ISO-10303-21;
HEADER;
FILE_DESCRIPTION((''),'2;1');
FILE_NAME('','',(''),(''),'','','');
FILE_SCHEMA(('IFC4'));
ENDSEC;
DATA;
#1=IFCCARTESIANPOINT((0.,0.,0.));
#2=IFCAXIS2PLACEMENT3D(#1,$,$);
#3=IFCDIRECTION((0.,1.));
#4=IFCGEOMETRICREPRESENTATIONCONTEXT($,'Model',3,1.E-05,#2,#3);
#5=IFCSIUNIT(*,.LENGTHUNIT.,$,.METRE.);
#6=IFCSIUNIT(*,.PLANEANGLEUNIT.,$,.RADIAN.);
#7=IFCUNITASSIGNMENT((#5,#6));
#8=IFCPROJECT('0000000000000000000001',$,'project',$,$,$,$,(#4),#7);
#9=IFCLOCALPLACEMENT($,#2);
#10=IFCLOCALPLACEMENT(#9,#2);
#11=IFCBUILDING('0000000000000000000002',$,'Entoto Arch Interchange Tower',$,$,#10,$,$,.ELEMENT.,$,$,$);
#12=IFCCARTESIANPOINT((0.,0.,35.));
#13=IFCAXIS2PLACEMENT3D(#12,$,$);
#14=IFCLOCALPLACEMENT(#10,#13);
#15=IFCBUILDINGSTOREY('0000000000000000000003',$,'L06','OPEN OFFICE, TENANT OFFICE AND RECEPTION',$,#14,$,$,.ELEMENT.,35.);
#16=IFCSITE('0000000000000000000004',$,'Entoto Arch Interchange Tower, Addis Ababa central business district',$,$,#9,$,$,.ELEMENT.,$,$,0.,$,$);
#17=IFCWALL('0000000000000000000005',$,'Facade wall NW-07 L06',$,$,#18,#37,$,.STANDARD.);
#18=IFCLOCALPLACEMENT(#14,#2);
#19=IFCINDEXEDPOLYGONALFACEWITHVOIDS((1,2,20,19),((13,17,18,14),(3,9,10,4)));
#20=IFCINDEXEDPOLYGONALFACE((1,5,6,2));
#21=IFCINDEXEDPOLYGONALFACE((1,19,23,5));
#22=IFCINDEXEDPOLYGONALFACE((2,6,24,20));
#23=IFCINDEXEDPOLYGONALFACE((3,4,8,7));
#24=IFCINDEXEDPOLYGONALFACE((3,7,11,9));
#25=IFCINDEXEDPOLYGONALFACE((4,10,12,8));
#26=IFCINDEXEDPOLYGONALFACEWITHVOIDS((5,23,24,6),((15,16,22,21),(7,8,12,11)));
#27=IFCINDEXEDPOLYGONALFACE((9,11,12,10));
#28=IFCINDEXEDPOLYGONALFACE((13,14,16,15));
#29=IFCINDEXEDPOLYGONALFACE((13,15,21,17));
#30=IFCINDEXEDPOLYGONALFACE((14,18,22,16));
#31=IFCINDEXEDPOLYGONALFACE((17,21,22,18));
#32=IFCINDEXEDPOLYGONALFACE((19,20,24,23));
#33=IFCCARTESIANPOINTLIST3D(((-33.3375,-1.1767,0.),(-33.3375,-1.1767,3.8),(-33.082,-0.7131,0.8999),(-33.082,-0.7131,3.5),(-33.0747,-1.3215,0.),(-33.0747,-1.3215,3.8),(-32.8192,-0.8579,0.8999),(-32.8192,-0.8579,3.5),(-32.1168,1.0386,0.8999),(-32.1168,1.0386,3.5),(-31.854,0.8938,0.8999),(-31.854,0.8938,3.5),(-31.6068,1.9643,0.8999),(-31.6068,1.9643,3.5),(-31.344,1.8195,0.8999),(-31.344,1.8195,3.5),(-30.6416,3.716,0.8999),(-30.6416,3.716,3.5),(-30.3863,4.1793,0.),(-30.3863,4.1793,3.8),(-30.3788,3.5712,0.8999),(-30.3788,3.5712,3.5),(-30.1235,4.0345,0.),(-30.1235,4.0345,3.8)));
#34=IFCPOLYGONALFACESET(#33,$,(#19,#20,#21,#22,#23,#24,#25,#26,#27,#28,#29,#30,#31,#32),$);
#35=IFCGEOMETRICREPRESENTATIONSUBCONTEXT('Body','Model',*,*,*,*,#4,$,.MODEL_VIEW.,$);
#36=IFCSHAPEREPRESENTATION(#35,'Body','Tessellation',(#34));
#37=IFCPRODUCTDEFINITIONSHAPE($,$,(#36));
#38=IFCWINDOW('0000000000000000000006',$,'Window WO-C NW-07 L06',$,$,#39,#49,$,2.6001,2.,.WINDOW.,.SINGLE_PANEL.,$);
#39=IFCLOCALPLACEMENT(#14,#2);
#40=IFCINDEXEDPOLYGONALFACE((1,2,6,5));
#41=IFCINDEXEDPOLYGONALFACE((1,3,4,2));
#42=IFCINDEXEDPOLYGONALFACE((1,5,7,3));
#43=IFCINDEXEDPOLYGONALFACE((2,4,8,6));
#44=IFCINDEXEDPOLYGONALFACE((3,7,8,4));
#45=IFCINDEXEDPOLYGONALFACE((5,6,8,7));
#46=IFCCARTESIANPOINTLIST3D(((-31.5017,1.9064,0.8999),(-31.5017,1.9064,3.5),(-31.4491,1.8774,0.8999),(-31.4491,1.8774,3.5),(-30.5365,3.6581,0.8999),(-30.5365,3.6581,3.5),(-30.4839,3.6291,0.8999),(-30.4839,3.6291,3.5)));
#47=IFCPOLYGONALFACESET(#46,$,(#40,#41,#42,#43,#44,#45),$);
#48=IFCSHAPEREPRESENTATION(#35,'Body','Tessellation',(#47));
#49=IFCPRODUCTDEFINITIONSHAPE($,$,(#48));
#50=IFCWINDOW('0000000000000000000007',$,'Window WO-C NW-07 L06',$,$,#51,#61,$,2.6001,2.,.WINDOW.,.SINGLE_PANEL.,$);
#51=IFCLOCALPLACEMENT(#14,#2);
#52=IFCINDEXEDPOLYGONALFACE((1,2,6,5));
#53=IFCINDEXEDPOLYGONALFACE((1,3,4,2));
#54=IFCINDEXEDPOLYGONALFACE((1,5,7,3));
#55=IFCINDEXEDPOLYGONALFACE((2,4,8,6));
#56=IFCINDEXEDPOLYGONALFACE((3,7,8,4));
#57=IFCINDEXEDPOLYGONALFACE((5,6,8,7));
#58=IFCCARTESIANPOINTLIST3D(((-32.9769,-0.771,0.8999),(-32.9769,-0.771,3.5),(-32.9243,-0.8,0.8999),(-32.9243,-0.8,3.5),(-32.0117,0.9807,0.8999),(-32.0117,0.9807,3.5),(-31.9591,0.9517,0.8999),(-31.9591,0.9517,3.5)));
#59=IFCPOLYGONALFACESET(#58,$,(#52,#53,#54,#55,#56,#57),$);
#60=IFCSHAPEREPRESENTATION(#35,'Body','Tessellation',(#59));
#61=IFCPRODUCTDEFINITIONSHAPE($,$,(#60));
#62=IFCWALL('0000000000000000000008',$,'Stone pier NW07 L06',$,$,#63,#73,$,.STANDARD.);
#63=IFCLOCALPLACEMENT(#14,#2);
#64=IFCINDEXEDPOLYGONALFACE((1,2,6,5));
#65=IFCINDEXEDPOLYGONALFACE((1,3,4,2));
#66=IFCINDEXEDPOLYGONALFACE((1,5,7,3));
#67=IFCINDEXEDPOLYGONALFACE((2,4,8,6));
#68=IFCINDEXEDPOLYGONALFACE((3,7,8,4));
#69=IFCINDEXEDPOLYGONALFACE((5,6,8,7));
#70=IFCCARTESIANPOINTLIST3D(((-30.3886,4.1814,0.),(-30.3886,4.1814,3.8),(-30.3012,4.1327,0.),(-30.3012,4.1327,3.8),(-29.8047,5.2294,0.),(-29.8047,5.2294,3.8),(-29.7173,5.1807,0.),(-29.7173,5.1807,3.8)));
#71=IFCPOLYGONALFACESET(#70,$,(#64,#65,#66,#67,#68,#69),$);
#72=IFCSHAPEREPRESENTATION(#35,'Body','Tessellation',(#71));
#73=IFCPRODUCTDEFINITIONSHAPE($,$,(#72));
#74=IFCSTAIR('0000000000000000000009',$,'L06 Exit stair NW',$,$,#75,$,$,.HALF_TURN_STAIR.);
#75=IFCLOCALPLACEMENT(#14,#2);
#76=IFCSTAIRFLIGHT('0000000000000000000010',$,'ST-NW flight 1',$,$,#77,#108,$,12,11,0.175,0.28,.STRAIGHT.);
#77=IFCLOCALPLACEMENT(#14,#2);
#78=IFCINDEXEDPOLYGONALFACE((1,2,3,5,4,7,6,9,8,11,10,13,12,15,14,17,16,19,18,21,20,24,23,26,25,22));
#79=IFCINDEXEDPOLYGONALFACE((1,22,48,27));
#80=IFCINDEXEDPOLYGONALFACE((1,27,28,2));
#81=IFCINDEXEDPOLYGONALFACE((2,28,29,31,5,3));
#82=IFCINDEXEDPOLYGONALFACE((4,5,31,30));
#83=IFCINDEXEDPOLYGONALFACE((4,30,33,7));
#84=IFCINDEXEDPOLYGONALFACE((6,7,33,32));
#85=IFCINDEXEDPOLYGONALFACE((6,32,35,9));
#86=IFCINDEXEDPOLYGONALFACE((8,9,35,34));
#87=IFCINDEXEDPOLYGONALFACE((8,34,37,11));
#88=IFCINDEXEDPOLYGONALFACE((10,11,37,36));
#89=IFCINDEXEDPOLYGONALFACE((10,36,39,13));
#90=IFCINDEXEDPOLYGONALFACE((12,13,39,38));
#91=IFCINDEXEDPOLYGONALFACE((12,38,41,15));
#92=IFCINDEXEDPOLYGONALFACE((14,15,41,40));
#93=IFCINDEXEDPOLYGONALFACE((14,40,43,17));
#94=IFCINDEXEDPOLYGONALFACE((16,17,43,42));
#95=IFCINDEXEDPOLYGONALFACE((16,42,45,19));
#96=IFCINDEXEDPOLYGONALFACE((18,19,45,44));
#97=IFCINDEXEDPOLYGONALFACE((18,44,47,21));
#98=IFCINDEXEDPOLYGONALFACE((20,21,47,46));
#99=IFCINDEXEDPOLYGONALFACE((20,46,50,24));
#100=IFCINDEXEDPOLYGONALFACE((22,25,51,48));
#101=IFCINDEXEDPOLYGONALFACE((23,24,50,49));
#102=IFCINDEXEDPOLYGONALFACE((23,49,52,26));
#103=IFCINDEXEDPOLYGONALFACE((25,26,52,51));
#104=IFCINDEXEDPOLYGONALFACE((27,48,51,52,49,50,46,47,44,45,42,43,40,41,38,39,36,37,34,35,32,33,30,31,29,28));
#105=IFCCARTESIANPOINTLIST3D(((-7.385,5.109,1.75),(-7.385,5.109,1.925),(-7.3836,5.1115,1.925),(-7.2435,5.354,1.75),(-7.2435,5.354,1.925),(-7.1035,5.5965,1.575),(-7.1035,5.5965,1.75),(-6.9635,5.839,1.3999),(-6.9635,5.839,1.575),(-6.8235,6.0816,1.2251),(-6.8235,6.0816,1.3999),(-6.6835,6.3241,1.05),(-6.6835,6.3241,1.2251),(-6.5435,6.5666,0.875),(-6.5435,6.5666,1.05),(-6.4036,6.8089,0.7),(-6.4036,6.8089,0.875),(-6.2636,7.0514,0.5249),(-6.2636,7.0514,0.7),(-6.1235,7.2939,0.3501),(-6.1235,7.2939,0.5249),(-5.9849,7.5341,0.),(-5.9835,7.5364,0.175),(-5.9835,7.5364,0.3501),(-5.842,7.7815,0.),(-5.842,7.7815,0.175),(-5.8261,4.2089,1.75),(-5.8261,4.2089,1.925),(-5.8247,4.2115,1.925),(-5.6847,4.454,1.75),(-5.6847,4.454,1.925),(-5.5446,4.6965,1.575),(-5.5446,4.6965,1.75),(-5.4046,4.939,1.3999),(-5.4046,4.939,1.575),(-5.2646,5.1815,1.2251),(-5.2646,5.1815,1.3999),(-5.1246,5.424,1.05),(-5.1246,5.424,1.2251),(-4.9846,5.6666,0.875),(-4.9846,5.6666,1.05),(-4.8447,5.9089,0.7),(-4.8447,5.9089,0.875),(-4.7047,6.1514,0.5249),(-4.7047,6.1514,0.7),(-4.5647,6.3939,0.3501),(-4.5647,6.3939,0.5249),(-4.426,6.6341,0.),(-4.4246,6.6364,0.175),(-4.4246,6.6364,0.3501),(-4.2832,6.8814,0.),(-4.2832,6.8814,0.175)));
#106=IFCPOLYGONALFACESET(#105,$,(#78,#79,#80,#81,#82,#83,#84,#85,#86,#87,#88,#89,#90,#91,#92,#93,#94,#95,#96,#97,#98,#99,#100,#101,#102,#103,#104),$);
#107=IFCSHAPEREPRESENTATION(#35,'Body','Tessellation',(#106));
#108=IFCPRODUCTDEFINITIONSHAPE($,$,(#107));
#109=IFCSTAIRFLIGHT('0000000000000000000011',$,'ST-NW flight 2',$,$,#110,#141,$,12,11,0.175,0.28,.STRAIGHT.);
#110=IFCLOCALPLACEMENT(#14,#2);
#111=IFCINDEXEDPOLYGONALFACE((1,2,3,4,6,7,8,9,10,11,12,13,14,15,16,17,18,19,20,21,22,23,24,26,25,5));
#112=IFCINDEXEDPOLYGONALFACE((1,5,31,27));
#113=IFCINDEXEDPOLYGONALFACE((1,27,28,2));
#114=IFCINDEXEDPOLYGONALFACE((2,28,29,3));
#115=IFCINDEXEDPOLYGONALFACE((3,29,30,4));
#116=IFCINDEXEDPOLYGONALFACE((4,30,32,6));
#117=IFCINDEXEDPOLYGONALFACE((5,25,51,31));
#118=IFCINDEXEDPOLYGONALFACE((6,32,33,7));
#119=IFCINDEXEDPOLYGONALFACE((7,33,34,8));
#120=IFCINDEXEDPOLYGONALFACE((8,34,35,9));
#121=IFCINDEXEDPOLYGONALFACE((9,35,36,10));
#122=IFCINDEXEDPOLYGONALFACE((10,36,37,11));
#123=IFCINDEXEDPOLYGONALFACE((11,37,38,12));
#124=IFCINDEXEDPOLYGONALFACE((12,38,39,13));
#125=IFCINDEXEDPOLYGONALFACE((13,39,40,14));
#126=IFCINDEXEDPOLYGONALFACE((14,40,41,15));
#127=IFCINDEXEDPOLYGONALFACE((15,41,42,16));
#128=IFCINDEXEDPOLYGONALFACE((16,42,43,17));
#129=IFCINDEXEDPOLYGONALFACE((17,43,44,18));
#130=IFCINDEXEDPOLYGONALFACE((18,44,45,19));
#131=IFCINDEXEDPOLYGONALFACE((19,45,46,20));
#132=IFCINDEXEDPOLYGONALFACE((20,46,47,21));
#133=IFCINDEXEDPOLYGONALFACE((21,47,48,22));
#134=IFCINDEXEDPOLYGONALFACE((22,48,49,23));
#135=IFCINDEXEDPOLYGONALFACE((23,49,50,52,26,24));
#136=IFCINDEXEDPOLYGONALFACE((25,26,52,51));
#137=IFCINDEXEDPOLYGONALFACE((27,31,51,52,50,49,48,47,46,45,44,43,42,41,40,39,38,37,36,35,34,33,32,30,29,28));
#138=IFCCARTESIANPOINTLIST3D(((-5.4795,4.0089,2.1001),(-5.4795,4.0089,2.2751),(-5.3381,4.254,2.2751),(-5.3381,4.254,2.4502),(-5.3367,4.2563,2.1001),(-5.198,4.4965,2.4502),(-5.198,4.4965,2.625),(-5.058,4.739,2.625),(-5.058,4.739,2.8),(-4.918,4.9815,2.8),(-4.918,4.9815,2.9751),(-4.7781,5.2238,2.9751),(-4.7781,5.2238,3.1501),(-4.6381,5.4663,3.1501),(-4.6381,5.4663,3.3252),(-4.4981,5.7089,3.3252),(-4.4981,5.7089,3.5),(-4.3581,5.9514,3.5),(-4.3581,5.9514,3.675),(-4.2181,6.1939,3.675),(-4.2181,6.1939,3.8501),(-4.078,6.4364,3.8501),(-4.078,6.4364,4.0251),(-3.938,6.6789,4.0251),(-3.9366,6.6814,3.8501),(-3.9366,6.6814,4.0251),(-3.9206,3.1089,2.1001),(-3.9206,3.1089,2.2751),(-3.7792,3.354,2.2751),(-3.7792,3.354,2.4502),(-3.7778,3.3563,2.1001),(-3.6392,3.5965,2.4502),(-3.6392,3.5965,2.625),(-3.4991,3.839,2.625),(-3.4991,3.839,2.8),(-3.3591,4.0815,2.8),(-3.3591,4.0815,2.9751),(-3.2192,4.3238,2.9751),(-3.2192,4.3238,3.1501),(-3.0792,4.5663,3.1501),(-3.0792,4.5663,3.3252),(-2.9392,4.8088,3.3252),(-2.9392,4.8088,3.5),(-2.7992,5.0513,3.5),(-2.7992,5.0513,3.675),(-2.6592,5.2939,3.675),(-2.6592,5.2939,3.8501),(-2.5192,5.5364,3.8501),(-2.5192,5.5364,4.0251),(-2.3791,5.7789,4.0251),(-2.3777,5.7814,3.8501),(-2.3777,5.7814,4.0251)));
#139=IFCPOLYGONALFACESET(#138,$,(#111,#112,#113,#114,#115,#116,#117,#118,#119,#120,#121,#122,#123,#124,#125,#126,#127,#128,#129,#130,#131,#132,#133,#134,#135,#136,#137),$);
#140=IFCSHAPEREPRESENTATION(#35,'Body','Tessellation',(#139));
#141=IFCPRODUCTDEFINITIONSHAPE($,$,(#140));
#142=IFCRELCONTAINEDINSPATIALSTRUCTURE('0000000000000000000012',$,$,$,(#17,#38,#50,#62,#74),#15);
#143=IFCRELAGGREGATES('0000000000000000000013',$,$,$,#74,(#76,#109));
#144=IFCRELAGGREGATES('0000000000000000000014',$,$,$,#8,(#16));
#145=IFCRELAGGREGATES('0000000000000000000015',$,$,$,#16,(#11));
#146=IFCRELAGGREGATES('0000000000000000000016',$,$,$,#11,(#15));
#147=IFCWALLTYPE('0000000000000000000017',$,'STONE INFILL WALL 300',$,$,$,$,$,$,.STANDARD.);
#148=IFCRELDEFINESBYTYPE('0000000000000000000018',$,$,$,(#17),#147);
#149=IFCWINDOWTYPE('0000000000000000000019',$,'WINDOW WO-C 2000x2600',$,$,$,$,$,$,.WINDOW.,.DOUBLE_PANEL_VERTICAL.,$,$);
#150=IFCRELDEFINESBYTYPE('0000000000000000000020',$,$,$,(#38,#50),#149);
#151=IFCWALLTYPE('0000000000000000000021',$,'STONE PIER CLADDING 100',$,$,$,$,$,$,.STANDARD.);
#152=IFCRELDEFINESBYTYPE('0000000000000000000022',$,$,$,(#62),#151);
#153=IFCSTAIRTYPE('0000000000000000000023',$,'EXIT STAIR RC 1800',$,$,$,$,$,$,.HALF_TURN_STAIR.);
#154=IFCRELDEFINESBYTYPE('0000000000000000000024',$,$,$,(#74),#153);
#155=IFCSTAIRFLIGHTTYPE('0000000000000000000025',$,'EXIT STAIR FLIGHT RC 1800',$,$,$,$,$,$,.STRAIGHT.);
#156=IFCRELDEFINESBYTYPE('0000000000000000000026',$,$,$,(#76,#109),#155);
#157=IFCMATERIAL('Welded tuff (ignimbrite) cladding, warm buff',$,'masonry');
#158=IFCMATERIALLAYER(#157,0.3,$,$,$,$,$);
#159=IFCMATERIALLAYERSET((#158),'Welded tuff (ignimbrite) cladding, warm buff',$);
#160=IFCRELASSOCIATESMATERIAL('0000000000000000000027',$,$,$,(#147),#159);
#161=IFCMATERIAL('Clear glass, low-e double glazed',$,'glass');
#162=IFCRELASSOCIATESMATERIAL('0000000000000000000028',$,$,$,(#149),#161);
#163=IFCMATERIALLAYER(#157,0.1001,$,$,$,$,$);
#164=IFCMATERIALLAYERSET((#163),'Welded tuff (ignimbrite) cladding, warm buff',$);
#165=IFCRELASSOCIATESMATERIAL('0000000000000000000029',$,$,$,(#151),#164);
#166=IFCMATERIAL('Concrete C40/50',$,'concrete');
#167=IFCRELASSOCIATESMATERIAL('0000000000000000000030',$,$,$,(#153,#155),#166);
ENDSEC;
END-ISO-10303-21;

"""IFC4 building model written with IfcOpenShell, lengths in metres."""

from ifc_helpers import new_model, si_unit, direction, frame, frame_2d, origin, place, context, subcontext, project, spatial, polyline, rectangle, outline, extrude, material, layer, layer_set, type_object, element, fill, aggregate, save


model = new_model("IFC4")

# Units and contexts
model_context = context("Model", 3, precision=1e-05, world=origin(), true_north=direction((0.0, 1.0)))
body_context = subcontext(model_context, "Body", "Model", "MODEL_VIEW")
ifc_project = project(units=[si_unit("LENGTHUNIT", "METRE"), si_unit("PLANEANGLEUNIT", "RADIAN")], contexts=[model_context])

# Site, building, storey
site_placement = place(None, origin())
site = spatial("IfcSite", under=ifc_project, at=site_placement, Name="Entoto Arch Interchange Tower, Addis Ababa central business district", CompositionType="ELEMENT", RefElevation=0.0)
building_placement = place(site_placement, origin())
building = spatial("IfcBuilding", under=site, at=building_placement, Name="Entoto Arch Interchange Tower", CompositionType="ELEMENT")
storey_placement = place(building_placement, frame((0.0, 0.0, 35.0)))
storey = spatial("IfcBuildingStorey", under=building, at=storey_placement, Name="L06", Description="OPEN OFFICE, TENANT OFFICE AND RECEPTION", CompositionType="ELEMENT", Elevation=35.0)

# Shared definitions
ifc_material_1 = material(Name="Concrete C40/50", Category="concrete")

# Wall, openings, windows
ifc_material_2 = material(Name="Welded tuff (ignimbrite) cladding, warm buff", Category="masonry")
ifc_layer_1 = layer(ifc_material_2, 0.3)
ifc_layer_set_1 = layer_set([ifc_layer_1], Name="Welded tuff (ignimbrite) cladding, warm buff")
wall_type_1 = type_object("IfcWallType", Name="STONE INFILL WALL 300", PredefinedType="STANDARD", material=ifc_layer_set_1)
wall_1_placement = place(storey_placement, frame((-30.2549, 4.1069, 0.0), z_axis=(0.0, 0.0, 1.0), x_axis=(-0.482596, -0.875843, 0.0)))
wall_1 = element("IfcWall", 1, at=wall_1_placement, inside=storey, type_object=wall_type_1, Name="Facade wall NW-07 L06", PredefinedType="STANDARD", context=body_context, shape_type="SweptSolid", body=[
    extrude(rectangle(XDim=6.1152, YDim=0.3, at=frame_2d((3.0576, 0.0))), origin(), (0.0, 0.0, 1.0), 3.8),
])
opening_1_placement = place(wall_1_placement, frame((0.5291, 0.0, 0.8999)))
opening_1 = element("IfcOpeningElement", 2, at=opening_1_placement, cuts=wall_1, PredefinedType="OPENING", context=body_context, shape_type="SweptSolid", body=[
    extrude(rectangle(XDim=2.0, YDim=2.6001, at=frame_2d((1.0, 1.3))), frame((0.0, 0.1602, 0.0), z_axis=(0.0, -1.0, 0.0), x_axis=(1.0, 0.0, 0.0)), (0.0, 0.0, 1.0), 0.3201),
])
opening_2_placement = place(wall_1_placement, frame((3.5859, 0.0, 0.8999)))
opening_2 = element("IfcOpeningElement", 3, at=opening_2_placement, cuts=wall_1, PredefinedType="OPENING", context=body_context, shape_type="SweptSolid", body=[
    extrude(rectangle(XDim=2.0, YDim=2.6001, at=frame_2d((1.0, 1.3))), frame((0.0, 0.1602, 0.0), z_axis=(0.0, -1.0, 0.0), x_axis=(1.0, 0.0, 0.0)), (0.0, 0.0, 1.0), 0.3201),
])
ifc_material_3 = material(Name="Clear glass, low-e double glazed", Category="glass")
window_type = type_object("IfcWindowType", Name="WINDOW WO-C 2000x2600", PartitioningType="DOUBLE_PANEL_VERTICAL", PredefinedType="WINDOW", material=ifc_material_3)
window_1_placement = place(opening_1_placement, origin())
window_1 = element("IfcWindow", 4, at=window_1_placement, inside=storey, type_object=window_type, Name="Window WO-C NW-07 L06", OverallHeight=2.6001, OverallWidth=2.0, PartitioningType="SINGLE_PANEL", PredefinedType="WINDOW", context=body_context, shape_type="SweptSolid", body=[
    extrude(rectangle(XDim=2.0, YDim=2.6001, at=frame_2d((1.0, 1.3))), frame((0.0, 0.03, 0.0), z_axis=(0.0, -1.0, 0.0), x_axis=(1.0, 0.0, 0.0)), (0.0, 0.0, 1.0), 0.0601),
])
fill(opening_1, window_1)
window_2_placement = place(opening_2_placement, origin())
window_2 = element("IfcWindow", 5, at=window_2_placement, inside=storey, type_object=window_type, Name="Window WO-C NW-07 L06", OverallHeight=2.6001, OverallWidth=2.0, PartitioningType="SINGLE_PANEL", PredefinedType="WINDOW", context=body_context, shape_type="SweptSolid", body=[
    extrude(rectangle(XDim=2.0, YDim=2.6001, at=frame_2d((1.0, 1.3))), frame((0.0, 0.03, 0.0), z_axis=(0.0, -1.0, 0.0), x_axis=(1.0, 0.0, 0.0)), (0.0, 0.0, 1.0), 0.0601),
])
fill(opening_2, window_2)

# Wall
ifc_layer_2 = layer(ifc_material_2, 0.1001)
ifc_layer_set_2 = layer_set([ifc_layer_2], Name="Welded tuff (ignimbrite) cladding, warm buff")
wall_type_2 = type_object("IfcWallType", Name="STONE PIER CLADDING 100", PredefinedType="STANDARD", material=ifc_layer_set_2)
wall_2_placement = place(storey_placement, frame((-29.761, 5.2051, 0.0), z_axis=(0.0, 0.0, 1.0), x_axis=(-0.486731, -0.873552, 0.0)))
element("IfcWall", 6, at=wall_2_placement, inside=storey, type_object=wall_type_2, Name="Stone pier NW07 L06", PredefinedType="STANDARD", context=body_context, shape_type="SweptSolid", body=[
    extrude(rectangle(XDim=1.1997, YDim=0.1001, at=frame_2d((0.5999, 0.0))), origin(), (0.0, 0.0, 1.0), 3.8),
])

# Stair, stair flights
stair_type = type_object("IfcStairType", Name="EXIT STAIR RC 1800", PredefinedType="HALF_TURN_STAIR", material=ifc_material_1)
stair_placement = place(storey_placement, origin())
stair = element("IfcStair", 7, at=stair_placement, inside=storey, type_object=stair_type, Name="L06 Exit stair NW", PredefinedType="HALF_TURN_STAIR")
stair_flight_type = type_object("IfcStairFlightType", Name="EXIT STAIR FLIGHT RC 1800", PredefinedType="STRAIGHT", material=ifc_material_1)
stair_flight_1_placement = place(storey_placement, frame((-5.064, 7.3289, 0.0), z_axis=(0.0, 0.0, 1.0), x_axis=(-0.5, -0.866025, 0.0)))
stair_flight_1 = element("IfcStairFlight", 8, at=stair_flight_1_placement, type_object=stair_flight_type, Name="ST-NW flight 1", NumberOfRisers=12, NumberOfTreads=11, PredefinedType="STRAIGHT", RiserHeight=0.175, TreadLength=0.28, context=body_context, shape_type="SweptSolid", body=[
    extrude(outline(polyline([(-0.0029, 0.0), (-0.0029, 0.175), (0.28, 0.175), (0.28, 0.3501), (0.5601, 0.3501), (0.5601, 0.5249), (0.8401, 0.5249), (0.8401, 0.7), (1.1201, 0.7), (1.1201, 0.875), (1.3999, 0.875), (1.3999, 1.05), (1.6799, 1.05), (1.6799, 1.2251), (1.96, 1.2251), (1.96, 1.3999), (2.24, 1.3999), (2.24, 1.575), (2.52, 1.575), (2.52, 1.75), (2.8, 1.75), (2.8, 1.925), (3.0801, 1.925), (3.083, 1.925), (3.083, 1.75), (0.2827, 0.0), (-0.0029, 0.0)])), frame((0.0, 0.8999, 0.0), z_axis=(0.0, -1.0, 0.0), x_axis=(1.0, 0.0, 0.0)), (0.0, 0.0, 1.0), 1.8),
])
stair_flight_2_placement = place(storey_placement, frame((-4.6987, 3.5615, 2.1001), z_axis=(0.0, 0.0, 1.0), x_axis=(0.5, 0.866025, 0.0)))
stair_flight_2 = element("IfcStairFlight", 9, at=stair_flight_2_placement, type_object=stair_flight_type, Name="ST-NW flight 2", NumberOfRisers=12, NumberOfTreads=11, PredefinedType="STRAIGHT", RiserHeight=0.175, TreadLength=0.28, context=body_context, shape_type="SweptSolid", body=[
    extrude(outline(polyline([(-0.0029, 0.0), (-0.0029, 0.175), (0.28, 0.175), (0.28, 0.3501), (0.5601, 0.3501), (0.5601, 0.5249), (0.8401, 0.5249), (0.8401, 0.7), (1.1201, 0.7), (1.1201, 0.875), (1.3999, 0.875), (1.3999, 1.05), (1.6799, 1.05), (1.6799, 1.2251), (1.96, 1.2251), (1.96, 1.3999), (2.24, 1.3999), (2.24, 1.575), (2.52, 1.575), (2.52, 1.75), (2.8, 1.75), (2.8, 1.925), (3.0801, 1.925), (3.083, 1.925), (3.083, 1.75), (0.2827, 0.0), (-0.0029, 0.0)])), frame((0.0, 0.8999, 0.0), z_axis=(0.0, -1.0, 0.0), x_axis=(1.0, 0.0, 0.0)), (0.0, 0.0, 1.0), 1.8),
])
aggregate(stair, [stair_flight_1, stair_flight_2])

save(model, "model.ifc")
